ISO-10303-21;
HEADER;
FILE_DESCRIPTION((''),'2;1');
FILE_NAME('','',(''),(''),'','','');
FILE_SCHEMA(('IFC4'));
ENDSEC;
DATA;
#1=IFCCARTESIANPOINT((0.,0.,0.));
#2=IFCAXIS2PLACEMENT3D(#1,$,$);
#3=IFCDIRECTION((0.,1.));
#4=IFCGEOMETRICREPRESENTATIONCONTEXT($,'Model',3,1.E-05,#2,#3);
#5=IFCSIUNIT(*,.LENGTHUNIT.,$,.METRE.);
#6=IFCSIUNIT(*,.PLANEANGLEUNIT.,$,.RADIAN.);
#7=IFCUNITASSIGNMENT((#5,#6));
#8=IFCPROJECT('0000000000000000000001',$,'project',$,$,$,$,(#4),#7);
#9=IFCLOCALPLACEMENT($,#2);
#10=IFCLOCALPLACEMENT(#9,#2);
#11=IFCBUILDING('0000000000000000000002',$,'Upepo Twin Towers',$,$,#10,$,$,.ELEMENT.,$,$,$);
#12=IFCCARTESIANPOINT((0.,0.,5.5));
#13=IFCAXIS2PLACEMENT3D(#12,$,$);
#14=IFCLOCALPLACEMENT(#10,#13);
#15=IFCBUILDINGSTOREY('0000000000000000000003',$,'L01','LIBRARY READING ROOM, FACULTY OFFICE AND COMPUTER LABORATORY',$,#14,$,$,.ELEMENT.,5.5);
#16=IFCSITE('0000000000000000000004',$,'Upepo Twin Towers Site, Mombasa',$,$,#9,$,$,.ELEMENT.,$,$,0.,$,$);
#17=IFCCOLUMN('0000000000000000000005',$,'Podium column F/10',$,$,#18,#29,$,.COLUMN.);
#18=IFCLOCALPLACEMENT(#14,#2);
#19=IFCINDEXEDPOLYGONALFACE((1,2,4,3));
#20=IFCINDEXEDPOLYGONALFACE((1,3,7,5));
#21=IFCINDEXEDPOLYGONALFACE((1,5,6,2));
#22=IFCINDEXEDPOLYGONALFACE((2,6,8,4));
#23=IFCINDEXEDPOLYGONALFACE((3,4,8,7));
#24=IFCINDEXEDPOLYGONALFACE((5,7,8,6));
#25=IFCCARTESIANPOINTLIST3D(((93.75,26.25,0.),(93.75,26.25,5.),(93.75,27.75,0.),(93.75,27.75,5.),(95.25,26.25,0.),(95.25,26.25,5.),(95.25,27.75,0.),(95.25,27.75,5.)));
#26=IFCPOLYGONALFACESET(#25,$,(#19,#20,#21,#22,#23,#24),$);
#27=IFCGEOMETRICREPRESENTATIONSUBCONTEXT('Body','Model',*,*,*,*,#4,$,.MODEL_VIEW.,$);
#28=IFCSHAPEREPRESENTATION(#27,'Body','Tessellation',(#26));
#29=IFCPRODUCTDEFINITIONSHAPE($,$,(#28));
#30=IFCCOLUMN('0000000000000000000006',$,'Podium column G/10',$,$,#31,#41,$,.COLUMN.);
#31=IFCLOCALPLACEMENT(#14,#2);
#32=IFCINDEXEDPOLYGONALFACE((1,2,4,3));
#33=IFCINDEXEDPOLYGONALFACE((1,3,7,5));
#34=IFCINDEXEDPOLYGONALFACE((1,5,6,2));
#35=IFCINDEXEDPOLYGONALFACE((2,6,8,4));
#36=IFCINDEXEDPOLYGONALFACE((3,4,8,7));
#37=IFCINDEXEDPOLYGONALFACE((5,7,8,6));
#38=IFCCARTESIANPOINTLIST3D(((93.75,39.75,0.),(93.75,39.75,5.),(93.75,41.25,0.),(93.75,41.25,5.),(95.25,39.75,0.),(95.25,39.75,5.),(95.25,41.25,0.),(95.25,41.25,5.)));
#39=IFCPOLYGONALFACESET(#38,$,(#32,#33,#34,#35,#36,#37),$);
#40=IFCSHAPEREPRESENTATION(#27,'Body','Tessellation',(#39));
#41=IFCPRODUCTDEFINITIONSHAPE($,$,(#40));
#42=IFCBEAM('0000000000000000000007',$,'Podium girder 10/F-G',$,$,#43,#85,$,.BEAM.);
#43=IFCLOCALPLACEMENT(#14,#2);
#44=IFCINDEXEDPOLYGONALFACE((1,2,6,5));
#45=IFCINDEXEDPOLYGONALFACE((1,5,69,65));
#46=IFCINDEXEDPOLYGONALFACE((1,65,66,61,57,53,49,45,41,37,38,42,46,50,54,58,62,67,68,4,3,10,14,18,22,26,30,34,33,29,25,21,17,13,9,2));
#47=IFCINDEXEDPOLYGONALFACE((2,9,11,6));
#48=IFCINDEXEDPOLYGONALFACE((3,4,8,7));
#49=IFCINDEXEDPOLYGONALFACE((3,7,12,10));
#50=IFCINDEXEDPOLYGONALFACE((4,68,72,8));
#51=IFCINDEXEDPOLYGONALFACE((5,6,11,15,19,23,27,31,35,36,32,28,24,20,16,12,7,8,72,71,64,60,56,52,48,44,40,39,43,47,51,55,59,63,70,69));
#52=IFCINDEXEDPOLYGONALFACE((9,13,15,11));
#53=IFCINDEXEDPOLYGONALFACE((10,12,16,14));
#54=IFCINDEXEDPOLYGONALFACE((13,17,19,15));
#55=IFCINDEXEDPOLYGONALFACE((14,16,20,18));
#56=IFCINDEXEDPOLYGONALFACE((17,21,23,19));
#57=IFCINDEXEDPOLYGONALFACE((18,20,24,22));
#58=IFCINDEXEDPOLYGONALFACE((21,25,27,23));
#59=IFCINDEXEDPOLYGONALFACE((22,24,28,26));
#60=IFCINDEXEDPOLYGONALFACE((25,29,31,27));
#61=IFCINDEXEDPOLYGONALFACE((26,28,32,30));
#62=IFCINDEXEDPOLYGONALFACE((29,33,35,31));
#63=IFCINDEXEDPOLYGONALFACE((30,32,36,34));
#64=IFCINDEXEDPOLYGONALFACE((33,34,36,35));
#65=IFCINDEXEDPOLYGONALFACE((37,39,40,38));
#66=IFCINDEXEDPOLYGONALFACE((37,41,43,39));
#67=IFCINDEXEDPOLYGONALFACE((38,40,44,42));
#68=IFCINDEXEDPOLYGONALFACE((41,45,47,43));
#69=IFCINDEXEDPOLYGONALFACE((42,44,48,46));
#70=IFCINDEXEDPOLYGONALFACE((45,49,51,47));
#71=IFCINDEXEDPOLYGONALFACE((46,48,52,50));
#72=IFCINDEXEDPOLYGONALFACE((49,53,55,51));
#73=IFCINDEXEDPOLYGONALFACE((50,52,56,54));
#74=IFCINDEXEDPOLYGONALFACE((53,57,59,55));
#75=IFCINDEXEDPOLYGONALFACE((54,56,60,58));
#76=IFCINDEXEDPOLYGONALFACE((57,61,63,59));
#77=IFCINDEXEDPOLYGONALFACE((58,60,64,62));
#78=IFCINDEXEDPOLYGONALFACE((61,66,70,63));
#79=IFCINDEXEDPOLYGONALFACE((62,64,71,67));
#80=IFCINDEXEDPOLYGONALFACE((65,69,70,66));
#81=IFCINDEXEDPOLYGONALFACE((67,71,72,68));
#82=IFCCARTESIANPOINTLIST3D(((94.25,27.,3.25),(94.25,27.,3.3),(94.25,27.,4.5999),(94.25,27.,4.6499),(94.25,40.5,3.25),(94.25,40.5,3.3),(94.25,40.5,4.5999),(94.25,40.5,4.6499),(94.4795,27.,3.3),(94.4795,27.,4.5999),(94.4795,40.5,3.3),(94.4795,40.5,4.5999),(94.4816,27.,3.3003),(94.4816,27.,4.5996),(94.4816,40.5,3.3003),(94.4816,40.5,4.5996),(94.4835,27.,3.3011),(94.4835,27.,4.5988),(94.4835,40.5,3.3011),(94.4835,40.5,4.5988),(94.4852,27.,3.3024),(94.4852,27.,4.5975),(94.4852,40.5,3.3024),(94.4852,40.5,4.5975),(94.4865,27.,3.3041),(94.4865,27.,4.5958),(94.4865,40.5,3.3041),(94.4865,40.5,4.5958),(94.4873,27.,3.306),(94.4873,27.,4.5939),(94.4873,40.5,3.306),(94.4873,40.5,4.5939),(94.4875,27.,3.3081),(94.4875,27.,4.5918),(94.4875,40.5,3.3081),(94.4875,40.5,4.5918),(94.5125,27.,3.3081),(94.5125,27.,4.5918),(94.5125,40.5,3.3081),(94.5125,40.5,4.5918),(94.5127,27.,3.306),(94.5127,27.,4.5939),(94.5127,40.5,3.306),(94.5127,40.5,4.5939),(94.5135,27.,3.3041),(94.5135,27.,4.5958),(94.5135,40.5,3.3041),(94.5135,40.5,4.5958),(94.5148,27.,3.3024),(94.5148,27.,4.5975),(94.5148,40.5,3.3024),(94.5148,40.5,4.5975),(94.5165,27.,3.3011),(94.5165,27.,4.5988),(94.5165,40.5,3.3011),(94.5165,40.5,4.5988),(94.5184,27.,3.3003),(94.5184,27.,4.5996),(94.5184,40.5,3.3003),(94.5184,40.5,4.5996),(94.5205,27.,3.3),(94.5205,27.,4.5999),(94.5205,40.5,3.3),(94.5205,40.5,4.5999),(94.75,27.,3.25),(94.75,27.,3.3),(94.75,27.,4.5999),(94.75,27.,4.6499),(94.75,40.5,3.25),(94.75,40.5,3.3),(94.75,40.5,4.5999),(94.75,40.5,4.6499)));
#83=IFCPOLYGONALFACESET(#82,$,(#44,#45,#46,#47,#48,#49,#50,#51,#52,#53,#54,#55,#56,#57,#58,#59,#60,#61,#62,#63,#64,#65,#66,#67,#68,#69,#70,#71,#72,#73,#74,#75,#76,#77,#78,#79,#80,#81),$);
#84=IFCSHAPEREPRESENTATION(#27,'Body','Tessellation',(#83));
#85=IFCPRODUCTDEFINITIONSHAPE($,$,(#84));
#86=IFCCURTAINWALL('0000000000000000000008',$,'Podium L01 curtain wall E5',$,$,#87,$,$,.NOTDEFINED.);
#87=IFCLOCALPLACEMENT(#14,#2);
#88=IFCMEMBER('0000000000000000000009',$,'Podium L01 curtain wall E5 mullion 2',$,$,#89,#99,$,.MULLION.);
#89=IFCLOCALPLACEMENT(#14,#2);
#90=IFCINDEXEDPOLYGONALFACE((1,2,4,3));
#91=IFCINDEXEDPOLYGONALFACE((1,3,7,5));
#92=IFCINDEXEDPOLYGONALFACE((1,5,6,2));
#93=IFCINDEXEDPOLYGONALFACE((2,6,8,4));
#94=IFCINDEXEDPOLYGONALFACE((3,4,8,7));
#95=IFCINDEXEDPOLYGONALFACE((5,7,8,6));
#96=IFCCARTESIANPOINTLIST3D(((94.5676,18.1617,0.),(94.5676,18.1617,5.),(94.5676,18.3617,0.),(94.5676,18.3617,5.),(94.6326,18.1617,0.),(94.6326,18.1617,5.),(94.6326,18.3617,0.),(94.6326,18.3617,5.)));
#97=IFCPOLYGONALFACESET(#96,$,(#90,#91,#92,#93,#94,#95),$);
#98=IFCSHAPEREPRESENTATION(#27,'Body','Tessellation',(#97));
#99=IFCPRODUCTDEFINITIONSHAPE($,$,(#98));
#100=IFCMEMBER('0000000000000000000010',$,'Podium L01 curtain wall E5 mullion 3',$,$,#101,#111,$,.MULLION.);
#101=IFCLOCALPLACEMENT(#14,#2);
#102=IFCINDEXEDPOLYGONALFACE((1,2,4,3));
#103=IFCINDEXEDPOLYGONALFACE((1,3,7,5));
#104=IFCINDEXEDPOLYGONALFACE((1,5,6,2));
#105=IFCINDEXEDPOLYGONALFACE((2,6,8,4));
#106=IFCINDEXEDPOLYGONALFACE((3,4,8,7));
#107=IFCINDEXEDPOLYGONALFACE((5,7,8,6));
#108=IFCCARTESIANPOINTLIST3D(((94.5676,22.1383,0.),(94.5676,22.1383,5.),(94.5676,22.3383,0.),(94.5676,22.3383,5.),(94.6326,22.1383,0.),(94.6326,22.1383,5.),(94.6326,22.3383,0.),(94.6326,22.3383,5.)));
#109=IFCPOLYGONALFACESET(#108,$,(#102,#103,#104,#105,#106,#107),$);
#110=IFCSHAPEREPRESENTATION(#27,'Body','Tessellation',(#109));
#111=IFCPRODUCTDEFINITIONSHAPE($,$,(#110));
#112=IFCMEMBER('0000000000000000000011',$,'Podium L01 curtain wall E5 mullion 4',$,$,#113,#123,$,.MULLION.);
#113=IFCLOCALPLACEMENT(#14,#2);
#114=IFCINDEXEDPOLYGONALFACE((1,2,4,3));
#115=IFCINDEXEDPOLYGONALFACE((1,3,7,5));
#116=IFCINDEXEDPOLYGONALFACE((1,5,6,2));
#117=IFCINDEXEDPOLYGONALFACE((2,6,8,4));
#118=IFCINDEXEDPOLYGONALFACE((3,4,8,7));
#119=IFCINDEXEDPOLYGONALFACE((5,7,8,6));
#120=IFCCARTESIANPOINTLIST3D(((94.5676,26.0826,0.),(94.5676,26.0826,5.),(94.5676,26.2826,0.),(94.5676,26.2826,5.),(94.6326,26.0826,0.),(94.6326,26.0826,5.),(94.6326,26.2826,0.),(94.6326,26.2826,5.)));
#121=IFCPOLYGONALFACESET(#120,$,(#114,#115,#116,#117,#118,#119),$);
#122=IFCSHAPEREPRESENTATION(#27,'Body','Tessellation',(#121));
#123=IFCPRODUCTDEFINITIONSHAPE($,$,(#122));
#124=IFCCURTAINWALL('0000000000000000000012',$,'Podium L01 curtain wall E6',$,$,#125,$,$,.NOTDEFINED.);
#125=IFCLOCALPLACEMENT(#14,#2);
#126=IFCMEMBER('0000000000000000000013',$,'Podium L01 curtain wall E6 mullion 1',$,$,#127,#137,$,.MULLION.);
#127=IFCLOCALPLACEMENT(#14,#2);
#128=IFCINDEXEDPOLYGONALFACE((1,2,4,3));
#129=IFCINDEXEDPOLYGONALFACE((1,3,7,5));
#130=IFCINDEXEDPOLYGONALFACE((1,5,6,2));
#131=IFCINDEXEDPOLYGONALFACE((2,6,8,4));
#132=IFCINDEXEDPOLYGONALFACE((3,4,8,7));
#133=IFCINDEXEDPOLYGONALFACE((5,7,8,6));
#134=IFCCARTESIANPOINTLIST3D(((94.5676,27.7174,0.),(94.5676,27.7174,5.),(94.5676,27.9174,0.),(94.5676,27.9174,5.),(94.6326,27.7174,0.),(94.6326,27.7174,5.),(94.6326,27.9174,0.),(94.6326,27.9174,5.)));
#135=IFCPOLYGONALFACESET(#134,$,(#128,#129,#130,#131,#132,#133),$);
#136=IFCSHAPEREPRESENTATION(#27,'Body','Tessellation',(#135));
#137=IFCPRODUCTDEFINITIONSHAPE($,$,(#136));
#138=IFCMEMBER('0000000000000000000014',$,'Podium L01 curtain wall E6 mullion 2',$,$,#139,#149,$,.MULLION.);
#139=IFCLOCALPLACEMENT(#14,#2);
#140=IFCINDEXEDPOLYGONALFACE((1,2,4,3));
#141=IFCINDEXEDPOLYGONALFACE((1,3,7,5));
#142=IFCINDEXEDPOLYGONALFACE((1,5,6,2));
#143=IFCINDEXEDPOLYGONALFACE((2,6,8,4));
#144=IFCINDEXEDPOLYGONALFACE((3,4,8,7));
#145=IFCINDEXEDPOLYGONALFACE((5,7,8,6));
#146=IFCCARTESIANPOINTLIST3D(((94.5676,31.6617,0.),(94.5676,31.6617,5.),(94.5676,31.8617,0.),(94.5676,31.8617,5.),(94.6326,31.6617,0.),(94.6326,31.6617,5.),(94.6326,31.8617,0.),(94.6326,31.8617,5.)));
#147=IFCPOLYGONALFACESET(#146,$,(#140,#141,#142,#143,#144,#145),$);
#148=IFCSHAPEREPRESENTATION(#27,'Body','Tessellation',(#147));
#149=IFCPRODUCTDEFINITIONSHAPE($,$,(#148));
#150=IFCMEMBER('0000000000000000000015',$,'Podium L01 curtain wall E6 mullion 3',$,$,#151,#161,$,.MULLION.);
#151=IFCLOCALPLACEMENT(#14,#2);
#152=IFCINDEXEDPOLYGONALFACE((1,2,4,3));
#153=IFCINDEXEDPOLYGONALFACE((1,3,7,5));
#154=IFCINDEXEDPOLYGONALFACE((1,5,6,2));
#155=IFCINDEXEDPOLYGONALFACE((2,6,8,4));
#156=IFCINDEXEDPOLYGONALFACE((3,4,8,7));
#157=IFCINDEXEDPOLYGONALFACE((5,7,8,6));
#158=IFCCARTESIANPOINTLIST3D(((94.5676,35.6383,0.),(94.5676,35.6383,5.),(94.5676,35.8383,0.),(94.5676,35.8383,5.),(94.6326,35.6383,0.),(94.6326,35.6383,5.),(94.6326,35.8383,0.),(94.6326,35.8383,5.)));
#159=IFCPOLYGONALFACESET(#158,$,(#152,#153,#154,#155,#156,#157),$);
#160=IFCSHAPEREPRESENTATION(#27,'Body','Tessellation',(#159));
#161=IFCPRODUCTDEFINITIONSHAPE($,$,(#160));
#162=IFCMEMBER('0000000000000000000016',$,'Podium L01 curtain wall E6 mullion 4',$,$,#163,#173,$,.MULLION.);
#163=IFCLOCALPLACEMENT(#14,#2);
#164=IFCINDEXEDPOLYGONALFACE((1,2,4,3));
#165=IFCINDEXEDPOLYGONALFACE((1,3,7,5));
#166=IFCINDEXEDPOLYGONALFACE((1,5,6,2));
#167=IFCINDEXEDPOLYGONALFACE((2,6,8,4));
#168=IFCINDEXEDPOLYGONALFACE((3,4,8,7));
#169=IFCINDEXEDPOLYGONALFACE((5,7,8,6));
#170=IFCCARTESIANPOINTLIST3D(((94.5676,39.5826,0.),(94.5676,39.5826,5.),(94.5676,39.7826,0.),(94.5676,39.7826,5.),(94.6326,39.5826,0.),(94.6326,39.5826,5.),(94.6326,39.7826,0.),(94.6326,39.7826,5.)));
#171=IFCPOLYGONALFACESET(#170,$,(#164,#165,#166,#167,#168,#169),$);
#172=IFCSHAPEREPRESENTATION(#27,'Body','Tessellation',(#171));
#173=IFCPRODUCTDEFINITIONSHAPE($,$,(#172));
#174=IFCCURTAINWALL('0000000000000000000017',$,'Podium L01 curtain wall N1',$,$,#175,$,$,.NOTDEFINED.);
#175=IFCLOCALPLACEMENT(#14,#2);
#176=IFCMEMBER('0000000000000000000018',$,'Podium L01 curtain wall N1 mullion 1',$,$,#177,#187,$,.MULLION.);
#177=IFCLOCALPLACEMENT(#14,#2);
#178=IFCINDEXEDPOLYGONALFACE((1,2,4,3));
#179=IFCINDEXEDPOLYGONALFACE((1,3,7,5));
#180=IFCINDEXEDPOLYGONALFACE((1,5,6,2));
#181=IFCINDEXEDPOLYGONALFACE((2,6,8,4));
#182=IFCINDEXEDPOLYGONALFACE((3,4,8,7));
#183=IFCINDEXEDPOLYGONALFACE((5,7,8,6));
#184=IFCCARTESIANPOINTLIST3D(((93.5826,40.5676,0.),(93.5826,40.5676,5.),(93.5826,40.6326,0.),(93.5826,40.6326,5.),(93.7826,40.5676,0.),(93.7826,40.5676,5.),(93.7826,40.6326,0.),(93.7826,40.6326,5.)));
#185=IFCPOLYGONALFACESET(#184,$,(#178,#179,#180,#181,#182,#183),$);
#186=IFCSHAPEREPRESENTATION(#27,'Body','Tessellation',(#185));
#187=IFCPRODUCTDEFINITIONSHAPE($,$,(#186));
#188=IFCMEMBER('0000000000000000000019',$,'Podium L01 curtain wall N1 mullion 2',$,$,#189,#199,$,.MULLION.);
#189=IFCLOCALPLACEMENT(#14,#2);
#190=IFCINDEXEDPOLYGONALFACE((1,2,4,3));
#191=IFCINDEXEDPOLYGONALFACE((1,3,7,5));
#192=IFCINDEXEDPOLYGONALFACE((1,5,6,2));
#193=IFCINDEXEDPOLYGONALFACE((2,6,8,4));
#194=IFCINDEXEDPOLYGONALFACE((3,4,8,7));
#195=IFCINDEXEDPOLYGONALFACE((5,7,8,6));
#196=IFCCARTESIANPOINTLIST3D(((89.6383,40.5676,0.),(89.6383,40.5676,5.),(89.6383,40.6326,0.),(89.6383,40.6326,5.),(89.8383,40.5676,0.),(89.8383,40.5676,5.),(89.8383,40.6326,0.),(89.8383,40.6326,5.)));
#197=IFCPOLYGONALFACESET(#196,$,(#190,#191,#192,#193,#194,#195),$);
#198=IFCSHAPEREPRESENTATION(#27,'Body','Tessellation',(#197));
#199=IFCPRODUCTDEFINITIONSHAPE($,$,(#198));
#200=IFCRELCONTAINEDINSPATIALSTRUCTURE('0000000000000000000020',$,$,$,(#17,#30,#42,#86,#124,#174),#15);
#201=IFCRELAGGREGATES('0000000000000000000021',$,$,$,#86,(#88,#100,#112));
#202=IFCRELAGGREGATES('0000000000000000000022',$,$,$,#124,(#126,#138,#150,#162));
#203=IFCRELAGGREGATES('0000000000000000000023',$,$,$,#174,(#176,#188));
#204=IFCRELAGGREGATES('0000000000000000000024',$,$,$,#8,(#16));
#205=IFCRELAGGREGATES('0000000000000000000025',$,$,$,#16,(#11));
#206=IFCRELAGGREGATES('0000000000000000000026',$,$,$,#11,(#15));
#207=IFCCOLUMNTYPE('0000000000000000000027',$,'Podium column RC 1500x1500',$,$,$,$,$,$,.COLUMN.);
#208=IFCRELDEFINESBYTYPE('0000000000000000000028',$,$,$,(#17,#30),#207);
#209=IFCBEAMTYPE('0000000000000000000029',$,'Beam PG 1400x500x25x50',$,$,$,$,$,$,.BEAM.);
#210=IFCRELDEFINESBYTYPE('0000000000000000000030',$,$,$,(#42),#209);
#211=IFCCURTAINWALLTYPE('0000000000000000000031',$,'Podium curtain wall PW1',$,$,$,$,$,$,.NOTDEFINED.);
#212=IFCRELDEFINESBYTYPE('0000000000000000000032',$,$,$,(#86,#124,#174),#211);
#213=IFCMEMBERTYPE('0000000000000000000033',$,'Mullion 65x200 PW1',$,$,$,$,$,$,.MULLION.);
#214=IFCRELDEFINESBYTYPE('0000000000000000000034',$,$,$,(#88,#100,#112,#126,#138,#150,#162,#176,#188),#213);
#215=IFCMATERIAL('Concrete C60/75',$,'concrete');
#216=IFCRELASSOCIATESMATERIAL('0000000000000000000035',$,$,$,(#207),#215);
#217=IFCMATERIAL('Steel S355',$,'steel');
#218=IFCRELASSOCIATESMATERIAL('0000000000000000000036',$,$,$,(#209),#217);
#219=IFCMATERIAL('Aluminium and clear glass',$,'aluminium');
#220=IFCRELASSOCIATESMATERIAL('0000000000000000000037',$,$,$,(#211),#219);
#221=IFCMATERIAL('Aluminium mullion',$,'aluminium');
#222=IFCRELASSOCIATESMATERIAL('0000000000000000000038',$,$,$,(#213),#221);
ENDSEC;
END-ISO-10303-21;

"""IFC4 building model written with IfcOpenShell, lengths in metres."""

from ifc_helpers import new_model, si_unit, direction, frame, origin, origin_2d, place, context, subcontext, project, spatial, rectangle, i_section, extrude, material, material_profile, profile_set, type_object, element, aggregate, save


model = new_model("IFC4")

# Units and contexts
model_context = context("Model", 3, precision=1e-05, world=origin(), true_north=direction((0.0, 1.0)))
body_context = subcontext(model_context, "Body", "Model", "MODEL_VIEW")
ifc_project = project(units=[si_unit("LENGTHUNIT", "METRE"), si_unit("PLANEANGLEUNIT", "RADIAN")], contexts=[model_context])

# Site, building, storey
site_placement = place(None, origin())
site = spatial("IfcSite", under=ifc_project, at=site_placement, Name="Upepo Twin Towers Site, Mombasa", CompositionType="ELEMENT", RefElevation=0.0)
building_placement = place(site_placement, origin())
building = spatial("IfcBuilding", under=site, at=building_placement, Name="Upepo Twin Towers", CompositionType="ELEMENT")
storey_placement = place(building_placement, frame((0.0, 0.0, 5.5)))
storey = spatial("IfcBuildingStorey", under=building, at=storey_placement, Name="L01", Description="LIBRARY READING ROOM, FACULTY OFFICE AND COMPUTER LABORATORY", CompositionType="ELEMENT", Elevation=5.5)

# Columns
ifc_material_1 = material(Name="Concrete C60/75", Category="concrete")
ifc_material_profile_1 = material_profile(ifc_material_1, rectangle(XDim=1.5, YDim=1.5, at=origin_2d()), Name="RC 1500x1500")
ifc_profile_set_1 = profile_set([ifc_material_profile_1], Name="Concrete C60/75")
column_type = type_object("IfcColumnType", Name="Podium column RC 1500x1500", PredefinedType="COLUMN", material=ifc_profile_set_1)
for number, where, z_axis, x_axis, name in (
    (1, (94.5, 27.0, 0.0), (0.0, 0.0, 1.0), (1.0, 0.0, 0.0), "Podium column F/10"),
    (2, (94.5, 40.5, 0.0), (0.0, 0.0, 1.0), (1.0, 0.0, 0.0), "Podium column G/10"),
):
    element("IfcColumn", number, at=place(storey_placement, frame(where, z_axis=z_axis, x_axis=x_axis)), inside=storey, type_object=column_type, Name=name, PredefinedType="COLUMN", context=body_context, shape_type="SweptSolid", body=[
        extrude(rectangle(XDim=1.5, YDim=1.5, at=origin_2d()), origin(), (0.0, 0.0, 1.0), 5.0),
    ])

# Beam
ifc_material_2 = material(Name="Steel S355", Category="steel")
ifc_material_profile_2 = material_profile(ifc_material_2, i_section(OverallWidth=0.5, OverallDepth=1.3999, WebThickness=0.0249, FlangeThickness=0.05, FilletRadius=0.0081, at=origin_2d()), Name="PG 1400x500x25x50")
ifc_profile_set_2 = profile_set([ifc_material_profile_2], Name="Steel S355")
beam_type_1 = type_object("IfcBeamType", Name="Beam PG 1400x500x25x50", PredefinedType="BEAM", material=ifc_profile_set_2)
beam_1_placement = place(storey_placement, frame((94.5, 27.0, 3.95), z_axis=(0.0, 1.0, 0.0), x_axis=(-1.0, 0.0, 0.0)))
element("IfcBeam", 3, at=beam_1_placement, inside=storey, type_object=beam_type_1, Name="Podium girder 10/F-G", PredefinedType="BEAM", context=body_context, shape_type="SweptSolid", body=[
    extrude(i_section(OverallWidth=0.5, OverallDepth=1.3999, WebThickness=0.0249, FlangeThickness=0.05, FilletRadius=0.0081, at=origin_2d()), origin(), (0.0, 0.0, 1.0), 13.5),
])

# Curtain walls, members
ifc_material_3 = material(Name="Aluminium and clear glass", Category="aluminium")
curtain_wall_type = type_object("IfcCurtainWallType", Name="Podium curtain wall PW1", PredefinedType="NOTDEFINED", material=ifc_material_3)
curtain_wall_1_placement = place(storey_placement, origin())
curtain_wall_1 = element("IfcCurtainWall", 4, at=curtain_wall_1_placement, inside=storey, type_object=curtain_wall_type, Name="Podium L01 curtain wall E5", PredefinedType="NOTDEFINED")
ifc_material_4 = material(Name="Aluminium mullion", Category="aluminium")
ifc_material_profile_3 = material_profile(ifc_material_4, rectangle(XDim=0.0649, YDim=0.2, at=origin_2d()), Name="MULLION 65x200 PODIUM")
ifc_profile_set_3 = profile_set([ifc_material_profile_3], Name="Aluminium mullion")
member_type_1 = type_object("IfcMemberType", Name="Mullion 65x200 PW1", PredefinedType="MULLION", material=ifc_profile_set_3)
member_1_placement = place(storey_placement, frame((94.6001, 18.2617, 0.0), z_axis=(0.0, 0.0, 1.0), x_axis=(-1.0, 0.0, 0.0)))
member_1 = element("IfcMember", 5, at=member_1_placement, type_object=member_type_1, Name="Podium L01 curtain wall E5 mullion 2", PredefinedType="MULLION", context=body_context, shape_type="SweptSolid", body=[
    extrude(rectangle(XDim=0.0649, YDim=0.2, at=origin_2d()), origin(), (0.0, 0.0, 1.0), 5.0),
])
member_2_placement = place(storey_placement, frame((94.6001, 22.2383, 0.0), z_axis=(0.0, 0.0, 1.0), x_axis=(-1.0, 0.0, 0.0)))
member_2 = element("IfcMember", 6, at=member_2_placement, type_object=member_type_1, Name="Podium L01 curtain wall E5 mullion 3", PredefinedType="MULLION", context=body_context, shape_type="SweptSolid", body=[
    extrude(rectangle(XDim=0.0649, YDim=0.2, at=origin_2d()), origin(), (0.0, 0.0, 1.0), 5.0),
])
member_3_placement = place(storey_placement, frame((94.6001, 26.1826, 0.0), z_axis=(0.0, 0.0, 1.0), x_axis=(-1.0, 0.0, 0.0)))
member_3 = element("IfcMember", 7, at=member_3_placement, type_object=member_type_1, Name="Podium L01 curtain wall E5 mullion 4", PredefinedType="MULLION", context=body_context, shape_type="SweptSolid", body=[
    extrude(rectangle(XDim=0.0649, YDim=0.2, at=origin_2d()), origin(), (0.0, 0.0, 1.0), 5.0),
])
curtain_wall_2_placement = place(storey_placement, origin())
curtain_wall_2 = element("IfcCurtainWall", 8, at=curtain_wall_2_placement, inside=storey, type_object=curtain_wall_type, Name="Podium L01 curtain wall E6", PredefinedType="NOTDEFINED")
member_4_placement = place(storey_placement, frame((94.6001, 27.8174, 0.0), z_axis=(0.0, 0.0, 1.0), x_axis=(-1.0, 0.0, 0.0)))
member_4 = element("IfcMember", 9, at=member_4_placement, type_object=member_type_1, Name="Podium L01 curtain wall E6 mullion 1", PredefinedType="MULLION", context=body_context, shape_type="SweptSolid", body=[
    extrude(rectangle(XDim=0.0649, YDim=0.2, at=origin_2d()), origin(), (0.0, 0.0, 1.0), 5.0),
])
member_5_placement = place(storey_placement, frame((94.6001, 31.7617, 0.0), z_axis=(0.0, 0.0, 1.0), x_axis=(-1.0, 0.0, 0.0)))
member_5 = element("IfcMember", 10, at=member_5_placement, type_object=member_type_1, Name="Podium L01 curtain wall E6 mullion 2", PredefinedType="MULLION", context=body_context, shape_type="SweptSolid", body=[
    extrude(rectangle(XDim=0.0649, YDim=0.2, at=origin_2d()), origin(), (0.0, 0.0, 1.0), 5.0),
])
member_6_placement = place(storey_placement, frame((94.6001, 35.7383, 0.0), z_axis=(0.0, 0.0, 1.0), x_axis=(-1.0, 0.0, 0.0)))
member_6 = element("IfcMember", 11, at=member_6_placement, type_object=member_type_1, Name="Podium L01 curtain wall E6 mullion 3", PredefinedType="MULLION", context=body_context, shape_type="SweptSolid", body=[
    extrude(rectangle(XDim=0.0649, YDim=0.2, at=origin_2d()), origin(), (0.0, 0.0, 1.0), 5.0),
])
member_7_placement = place(storey_placement, frame((94.6001, 39.6826, 0.0), z_axis=(0.0, 0.0, 1.0), x_axis=(-1.0, 0.0, 0.0)))
member_7 = element("IfcMember", 12, at=member_7_placement, type_object=member_type_1, Name="Podium L01 curtain wall E6 mullion 4", PredefinedType="MULLION", context=body_context, shape_type="SweptSolid", body=[
    extrude(rectangle(XDim=0.0649, YDim=0.2, at=origin_2d()), origin(), (0.0, 0.0, 1.0), 5.0),
])
curtain_wall_3_placement = place(storey_placement, origin())
curtain_wall_3 = element("IfcCurtainWall", 13, at=curtain_wall_3_placement, inside=storey, type_object=curtain_wall_type, Name="Podium L01 curtain wall N1", PredefinedType="NOTDEFINED")
member_8_placement = place(storey_placement, frame((93.6826, 40.6001, 0.0), z_axis=(0.0, 0.0, 1.0), x_axis=(0.0, -1.0, 0.0)))
member_8 = element("IfcMember", 14, at=member_8_placement, type_object=member_type_1, Name="Podium L01 curtain wall N1 mullion 1", PredefinedType="MULLION", context=body_context, shape_type="SweptSolid", body=[
    extrude(rectangle(XDim=0.0649, YDim=0.2, at=origin_2d()), origin(), (0.0, 0.0, 1.0), 5.0),
])
member_9_placement = place(storey_placement, frame((89.7383, 40.6001, 0.0), z_axis=(0.0, 0.0, 1.0), x_axis=(0.0, -1.0, 0.0)))
member_9 = element("IfcMember", 15, at=member_9_placement, type_object=member_type_1, Name="Podium L01 curtain wall N1 mullion 2", PredefinedType="MULLION", context=body_context, shape_type="SweptSolid", body=[
    extrude(rectangle(XDim=0.0649, YDim=0.2, at=origin_2d()), origin(), (0.0, 0.0, 1.0), 5.0),
])

aggregate(curtain_wall_1, [member_1, member_2, member_3])
aggregate(curtain_wall_2, [member_4, member_5, member_6, member_7])
aggregate(curtain_wall_3, [member_8, member_9])

save(model, "model.ifc")
